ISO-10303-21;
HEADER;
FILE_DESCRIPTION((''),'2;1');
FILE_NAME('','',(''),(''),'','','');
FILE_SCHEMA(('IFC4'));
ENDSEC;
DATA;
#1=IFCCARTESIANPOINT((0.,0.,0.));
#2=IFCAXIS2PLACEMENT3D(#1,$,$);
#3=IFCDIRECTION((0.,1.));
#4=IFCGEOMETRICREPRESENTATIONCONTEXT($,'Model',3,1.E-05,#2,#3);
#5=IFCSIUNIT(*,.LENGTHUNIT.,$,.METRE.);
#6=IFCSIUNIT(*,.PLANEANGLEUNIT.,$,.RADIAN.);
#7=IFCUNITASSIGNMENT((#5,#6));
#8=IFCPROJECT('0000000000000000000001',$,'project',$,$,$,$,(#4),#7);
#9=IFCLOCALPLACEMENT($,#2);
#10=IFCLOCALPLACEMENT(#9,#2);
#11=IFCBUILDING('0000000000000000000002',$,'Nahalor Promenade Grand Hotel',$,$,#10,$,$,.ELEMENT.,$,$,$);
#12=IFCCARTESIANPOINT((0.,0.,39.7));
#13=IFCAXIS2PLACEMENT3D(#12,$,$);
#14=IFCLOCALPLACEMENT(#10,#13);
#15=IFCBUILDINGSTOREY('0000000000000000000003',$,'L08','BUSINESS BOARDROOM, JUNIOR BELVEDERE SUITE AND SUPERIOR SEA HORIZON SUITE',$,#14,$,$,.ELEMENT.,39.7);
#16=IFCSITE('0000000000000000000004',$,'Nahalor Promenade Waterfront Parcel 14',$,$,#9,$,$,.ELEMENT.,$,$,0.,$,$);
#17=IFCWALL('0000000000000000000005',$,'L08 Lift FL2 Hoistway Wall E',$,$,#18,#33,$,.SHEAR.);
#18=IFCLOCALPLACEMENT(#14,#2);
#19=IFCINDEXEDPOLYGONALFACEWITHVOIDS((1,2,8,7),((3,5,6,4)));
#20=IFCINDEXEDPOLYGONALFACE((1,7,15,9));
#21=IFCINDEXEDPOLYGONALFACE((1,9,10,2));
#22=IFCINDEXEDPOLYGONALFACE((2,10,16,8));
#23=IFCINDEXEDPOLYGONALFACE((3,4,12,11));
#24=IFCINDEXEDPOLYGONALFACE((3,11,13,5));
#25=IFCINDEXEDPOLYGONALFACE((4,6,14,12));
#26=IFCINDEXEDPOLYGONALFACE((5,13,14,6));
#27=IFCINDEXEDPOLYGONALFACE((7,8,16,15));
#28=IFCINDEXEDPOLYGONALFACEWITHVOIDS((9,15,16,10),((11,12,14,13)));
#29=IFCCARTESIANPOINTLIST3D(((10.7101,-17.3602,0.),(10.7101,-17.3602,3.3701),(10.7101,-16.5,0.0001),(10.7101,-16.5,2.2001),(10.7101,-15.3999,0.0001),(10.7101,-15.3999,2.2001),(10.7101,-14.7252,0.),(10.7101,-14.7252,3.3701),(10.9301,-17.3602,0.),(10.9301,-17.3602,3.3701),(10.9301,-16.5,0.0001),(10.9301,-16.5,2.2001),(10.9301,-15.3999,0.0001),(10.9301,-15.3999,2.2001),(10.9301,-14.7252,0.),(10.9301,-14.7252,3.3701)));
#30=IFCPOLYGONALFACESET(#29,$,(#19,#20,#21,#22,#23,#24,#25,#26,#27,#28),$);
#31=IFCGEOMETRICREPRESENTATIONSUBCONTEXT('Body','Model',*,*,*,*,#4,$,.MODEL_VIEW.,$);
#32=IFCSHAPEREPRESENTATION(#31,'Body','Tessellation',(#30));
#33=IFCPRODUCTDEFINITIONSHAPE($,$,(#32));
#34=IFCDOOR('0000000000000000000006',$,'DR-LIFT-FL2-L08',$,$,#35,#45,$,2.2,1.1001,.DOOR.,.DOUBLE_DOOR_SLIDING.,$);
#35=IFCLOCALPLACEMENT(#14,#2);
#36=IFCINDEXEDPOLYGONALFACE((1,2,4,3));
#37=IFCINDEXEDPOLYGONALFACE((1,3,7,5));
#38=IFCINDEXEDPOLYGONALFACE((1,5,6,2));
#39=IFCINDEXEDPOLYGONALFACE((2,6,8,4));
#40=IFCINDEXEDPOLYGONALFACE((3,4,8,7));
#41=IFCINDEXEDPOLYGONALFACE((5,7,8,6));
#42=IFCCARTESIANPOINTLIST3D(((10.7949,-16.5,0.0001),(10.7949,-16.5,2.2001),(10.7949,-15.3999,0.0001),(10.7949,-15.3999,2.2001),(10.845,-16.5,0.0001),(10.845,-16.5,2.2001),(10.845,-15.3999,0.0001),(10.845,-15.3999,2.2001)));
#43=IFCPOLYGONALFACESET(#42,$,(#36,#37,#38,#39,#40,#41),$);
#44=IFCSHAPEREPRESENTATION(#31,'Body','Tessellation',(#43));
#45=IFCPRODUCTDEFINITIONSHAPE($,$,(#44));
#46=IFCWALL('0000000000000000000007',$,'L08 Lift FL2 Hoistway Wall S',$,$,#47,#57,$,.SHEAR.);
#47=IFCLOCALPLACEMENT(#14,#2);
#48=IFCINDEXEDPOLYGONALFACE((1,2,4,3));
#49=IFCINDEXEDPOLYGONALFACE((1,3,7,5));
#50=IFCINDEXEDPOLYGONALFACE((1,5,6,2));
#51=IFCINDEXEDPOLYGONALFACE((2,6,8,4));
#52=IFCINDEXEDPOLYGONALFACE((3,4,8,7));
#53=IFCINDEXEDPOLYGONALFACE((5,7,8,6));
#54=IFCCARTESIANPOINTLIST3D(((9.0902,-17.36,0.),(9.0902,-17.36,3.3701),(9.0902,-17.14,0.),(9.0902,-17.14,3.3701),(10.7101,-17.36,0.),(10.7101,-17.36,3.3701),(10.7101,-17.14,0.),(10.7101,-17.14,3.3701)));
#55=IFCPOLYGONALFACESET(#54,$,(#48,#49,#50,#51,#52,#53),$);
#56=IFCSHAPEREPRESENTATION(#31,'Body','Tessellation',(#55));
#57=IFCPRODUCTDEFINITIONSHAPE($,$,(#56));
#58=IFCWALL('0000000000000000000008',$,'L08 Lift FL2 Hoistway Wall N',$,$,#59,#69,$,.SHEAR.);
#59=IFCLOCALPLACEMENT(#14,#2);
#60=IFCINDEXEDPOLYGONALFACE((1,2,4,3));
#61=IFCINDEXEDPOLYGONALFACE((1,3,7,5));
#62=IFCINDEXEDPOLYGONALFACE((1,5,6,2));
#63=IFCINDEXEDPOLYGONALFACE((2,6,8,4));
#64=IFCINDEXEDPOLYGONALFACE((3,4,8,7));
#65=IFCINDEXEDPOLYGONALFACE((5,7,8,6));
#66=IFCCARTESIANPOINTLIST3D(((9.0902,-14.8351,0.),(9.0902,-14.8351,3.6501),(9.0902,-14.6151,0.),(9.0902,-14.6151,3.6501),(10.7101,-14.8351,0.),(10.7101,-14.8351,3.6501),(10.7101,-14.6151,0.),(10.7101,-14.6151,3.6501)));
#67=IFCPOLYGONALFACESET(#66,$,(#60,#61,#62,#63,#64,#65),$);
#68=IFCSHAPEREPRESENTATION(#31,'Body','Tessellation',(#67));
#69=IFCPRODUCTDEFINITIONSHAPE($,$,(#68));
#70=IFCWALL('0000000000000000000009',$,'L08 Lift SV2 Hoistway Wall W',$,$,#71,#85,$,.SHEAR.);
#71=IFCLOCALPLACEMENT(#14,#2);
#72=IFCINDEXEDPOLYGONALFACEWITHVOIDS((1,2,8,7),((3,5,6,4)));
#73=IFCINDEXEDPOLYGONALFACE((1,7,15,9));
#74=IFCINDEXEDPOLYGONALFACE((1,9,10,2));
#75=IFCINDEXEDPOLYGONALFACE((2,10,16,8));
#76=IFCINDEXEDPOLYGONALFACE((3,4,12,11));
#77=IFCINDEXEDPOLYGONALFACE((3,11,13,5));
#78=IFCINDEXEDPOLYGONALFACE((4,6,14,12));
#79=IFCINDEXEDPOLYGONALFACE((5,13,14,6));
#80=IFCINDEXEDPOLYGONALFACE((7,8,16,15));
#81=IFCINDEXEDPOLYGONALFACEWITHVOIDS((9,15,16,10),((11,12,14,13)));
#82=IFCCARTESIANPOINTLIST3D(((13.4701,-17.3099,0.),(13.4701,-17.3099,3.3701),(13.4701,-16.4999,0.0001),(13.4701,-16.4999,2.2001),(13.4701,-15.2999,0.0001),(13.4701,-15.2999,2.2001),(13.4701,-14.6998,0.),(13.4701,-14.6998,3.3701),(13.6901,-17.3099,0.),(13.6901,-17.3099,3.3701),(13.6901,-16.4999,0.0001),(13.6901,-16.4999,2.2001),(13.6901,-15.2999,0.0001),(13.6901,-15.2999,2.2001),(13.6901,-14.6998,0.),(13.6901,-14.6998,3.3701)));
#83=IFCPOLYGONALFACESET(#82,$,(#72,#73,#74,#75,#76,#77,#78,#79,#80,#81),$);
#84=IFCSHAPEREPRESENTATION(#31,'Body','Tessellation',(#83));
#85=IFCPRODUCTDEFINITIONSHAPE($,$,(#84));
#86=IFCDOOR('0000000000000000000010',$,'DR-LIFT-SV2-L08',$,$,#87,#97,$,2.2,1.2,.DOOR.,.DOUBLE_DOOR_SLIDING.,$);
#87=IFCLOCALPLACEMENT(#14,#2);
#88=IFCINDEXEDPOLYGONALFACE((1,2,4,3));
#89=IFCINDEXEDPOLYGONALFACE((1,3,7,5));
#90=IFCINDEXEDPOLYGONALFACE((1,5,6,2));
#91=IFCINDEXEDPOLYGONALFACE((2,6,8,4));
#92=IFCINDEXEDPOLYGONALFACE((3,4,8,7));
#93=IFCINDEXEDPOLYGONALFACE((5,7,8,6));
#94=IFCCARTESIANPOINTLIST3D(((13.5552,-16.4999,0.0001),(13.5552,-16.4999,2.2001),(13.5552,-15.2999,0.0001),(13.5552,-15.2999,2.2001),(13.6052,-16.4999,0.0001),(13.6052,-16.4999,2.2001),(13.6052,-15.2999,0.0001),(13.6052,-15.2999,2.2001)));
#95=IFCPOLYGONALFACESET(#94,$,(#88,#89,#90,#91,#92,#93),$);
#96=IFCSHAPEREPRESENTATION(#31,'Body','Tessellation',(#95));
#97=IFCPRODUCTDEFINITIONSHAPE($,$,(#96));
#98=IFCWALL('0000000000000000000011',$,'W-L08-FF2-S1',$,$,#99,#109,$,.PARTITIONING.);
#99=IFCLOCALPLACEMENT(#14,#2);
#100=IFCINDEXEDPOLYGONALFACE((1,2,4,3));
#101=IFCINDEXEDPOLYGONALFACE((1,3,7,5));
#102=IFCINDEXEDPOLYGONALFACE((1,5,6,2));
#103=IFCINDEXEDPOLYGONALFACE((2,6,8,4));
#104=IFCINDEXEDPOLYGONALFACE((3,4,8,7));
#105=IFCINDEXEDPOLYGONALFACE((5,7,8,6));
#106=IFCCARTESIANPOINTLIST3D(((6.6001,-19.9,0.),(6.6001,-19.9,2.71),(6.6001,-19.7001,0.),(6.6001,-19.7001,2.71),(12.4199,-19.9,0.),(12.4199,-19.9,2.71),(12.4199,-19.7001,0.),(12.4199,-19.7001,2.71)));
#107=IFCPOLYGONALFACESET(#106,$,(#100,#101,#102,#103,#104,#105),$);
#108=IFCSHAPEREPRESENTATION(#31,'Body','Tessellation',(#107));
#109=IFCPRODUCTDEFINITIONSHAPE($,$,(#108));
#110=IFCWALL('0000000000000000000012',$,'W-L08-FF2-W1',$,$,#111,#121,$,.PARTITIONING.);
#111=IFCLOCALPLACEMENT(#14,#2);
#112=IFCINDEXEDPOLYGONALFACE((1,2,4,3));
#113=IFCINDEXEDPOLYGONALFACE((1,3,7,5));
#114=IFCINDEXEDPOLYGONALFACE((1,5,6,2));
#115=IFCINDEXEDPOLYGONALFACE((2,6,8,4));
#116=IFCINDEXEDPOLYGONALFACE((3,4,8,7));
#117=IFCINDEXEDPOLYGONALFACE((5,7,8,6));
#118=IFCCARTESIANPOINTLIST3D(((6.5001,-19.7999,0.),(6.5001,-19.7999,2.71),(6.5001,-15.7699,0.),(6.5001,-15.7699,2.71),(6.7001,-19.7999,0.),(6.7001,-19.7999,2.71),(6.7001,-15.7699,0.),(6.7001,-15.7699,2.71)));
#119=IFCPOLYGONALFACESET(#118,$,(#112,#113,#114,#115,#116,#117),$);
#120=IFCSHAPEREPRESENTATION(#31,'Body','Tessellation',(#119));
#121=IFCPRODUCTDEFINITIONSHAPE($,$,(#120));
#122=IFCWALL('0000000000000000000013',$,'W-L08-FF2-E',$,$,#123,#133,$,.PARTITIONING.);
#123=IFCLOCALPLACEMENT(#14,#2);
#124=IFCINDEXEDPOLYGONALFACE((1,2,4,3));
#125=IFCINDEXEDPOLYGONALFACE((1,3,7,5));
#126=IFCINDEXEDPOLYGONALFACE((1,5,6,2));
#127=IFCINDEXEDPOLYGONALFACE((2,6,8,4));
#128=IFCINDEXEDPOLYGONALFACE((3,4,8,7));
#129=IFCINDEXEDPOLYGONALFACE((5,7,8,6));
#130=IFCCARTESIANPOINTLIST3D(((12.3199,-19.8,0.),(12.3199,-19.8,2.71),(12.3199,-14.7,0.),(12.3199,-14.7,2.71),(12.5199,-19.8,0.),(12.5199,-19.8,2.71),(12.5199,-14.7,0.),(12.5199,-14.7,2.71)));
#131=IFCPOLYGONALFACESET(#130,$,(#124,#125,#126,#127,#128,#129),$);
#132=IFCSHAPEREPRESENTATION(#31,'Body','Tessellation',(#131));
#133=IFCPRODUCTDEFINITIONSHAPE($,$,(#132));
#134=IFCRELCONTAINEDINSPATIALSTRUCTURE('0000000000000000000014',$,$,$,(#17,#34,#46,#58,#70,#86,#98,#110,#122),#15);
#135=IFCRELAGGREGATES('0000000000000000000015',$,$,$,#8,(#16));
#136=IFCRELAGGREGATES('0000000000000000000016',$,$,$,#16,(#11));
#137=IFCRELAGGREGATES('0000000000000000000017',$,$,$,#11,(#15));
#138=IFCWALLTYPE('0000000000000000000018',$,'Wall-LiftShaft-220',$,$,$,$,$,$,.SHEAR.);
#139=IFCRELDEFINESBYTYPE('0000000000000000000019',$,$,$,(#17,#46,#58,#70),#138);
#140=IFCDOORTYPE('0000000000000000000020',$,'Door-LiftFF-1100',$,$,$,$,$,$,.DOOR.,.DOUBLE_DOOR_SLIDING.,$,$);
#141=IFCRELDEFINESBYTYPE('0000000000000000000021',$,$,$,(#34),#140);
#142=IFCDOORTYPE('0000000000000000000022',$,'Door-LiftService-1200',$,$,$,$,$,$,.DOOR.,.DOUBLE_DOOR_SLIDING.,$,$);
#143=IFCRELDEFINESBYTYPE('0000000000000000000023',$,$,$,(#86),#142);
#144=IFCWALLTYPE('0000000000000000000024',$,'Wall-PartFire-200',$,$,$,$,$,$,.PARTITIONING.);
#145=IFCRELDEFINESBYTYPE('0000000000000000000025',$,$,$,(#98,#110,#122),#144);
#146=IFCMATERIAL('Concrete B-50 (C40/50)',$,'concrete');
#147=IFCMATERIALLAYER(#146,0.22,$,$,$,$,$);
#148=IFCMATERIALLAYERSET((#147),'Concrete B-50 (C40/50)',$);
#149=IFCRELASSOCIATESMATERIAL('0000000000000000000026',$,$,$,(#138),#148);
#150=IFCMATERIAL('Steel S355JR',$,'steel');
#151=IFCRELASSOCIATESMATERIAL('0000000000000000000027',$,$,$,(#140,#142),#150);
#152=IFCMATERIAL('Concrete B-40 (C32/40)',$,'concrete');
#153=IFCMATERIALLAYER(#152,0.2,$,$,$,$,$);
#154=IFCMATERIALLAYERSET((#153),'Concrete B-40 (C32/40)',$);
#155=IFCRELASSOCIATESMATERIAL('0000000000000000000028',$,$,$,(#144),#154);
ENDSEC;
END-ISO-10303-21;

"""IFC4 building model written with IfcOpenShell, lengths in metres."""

from ifc_helpers import new_model, si_unit, direction, frame, frame_2d, origin, place, context, subcontext, project, spatial, rectangle, extrude, source, transform, mapped, material, layer, layer_set, type_object, element, fill, save


model = new_model("IFC4")

# Units and contexts
model_context = context("Model", 3, precision=1e-05, world=origin(), true_north=direction((0.0, 1.0)))
body_context = subcontext(model_context, "Body", "Model", "MODEL_VIEW")
ifc_project = project(units=[si_unit("LENGTHUNIT", "METRE"), si_unit("PLANEANGLEUNIT", "RADIAN")], contexts=[model_context])

# Site, building, storey
site_placement = place(None, origin())
site = spatial("IfcSite", under=ifc_project, at=site_placement, Name="Nahalor Promenade Waterfront Parcel 14", CompositionType="ELEMENT", RefElevation=0.0)
building_placement = place(site_placement, origin())
building = spatial("IfcBuilding", under=site, at=building_placement, Name="Nahalor Promenade Grand Hotel", CompositionType="ELEMENT")
storey_placement = place(building_placement, frame((0.0, 0.0, 39.7)))
storey = spatial("IfcBuildingStorey", under=building, at=storey_placement, Name="L08", Description="BUSINESS BOARDROOM, JUNIOR BELVEDERE SUITE AND SUPERIOR SEA HORIZON SUITE", CompositionType="ELEMENT", Elevation=39.7)

# Shared definitions
ifc_material_1 = material(Name="Steel S355JR", Category="steel")

# Shared definitions
ifc_material_2 = material(Name="Concrete B-50 (C40/50)", Category="concrete")

# Shared definitions
ifc_layer_1 = layer(ifc_material_2, 0.22)
ifc_layer_set_1 = layer_set([ifc_layer_1], Name="Concrete B-50 (C40/50)")
wall_type_1 = type_object("IfcWallType", Name="Wall-LiftShaft-220", PredefinedType="SHEAR", material=ifc_layer_set_1)
shared_shape_1 = source(origin(), body_context, "Body", "SweptSolid", [
    extrude(rectangle(XDim=2.635, YDim=0.22, at=frame_2d((1.3174, 0.0))), origin(), (0.0, 0.0, 1.0), 3.3701),
])

# Wall, opening, door
wall_1_placement = place(storey_placement, frame((10.8201, -17.3601, 0.0), z_axis=(0.0, 0.0, 1.0), x_axis=(0.0, 1.0, 0.0)))
wall_1 = element("IfcWall", 1, at=wall_1_placement, inside=storey, type_object=wall_type_1, Name="L08 Lift FL2 Hoistway Wall E", PredefinedType="SHEAR", context=body_context, shape_type="MappedRepresentation", body=[
    mapped(shared_shape_1, transform((0.0, 0.0, 0.0), scale=1.0)),
])
opening_1_placement = place(wall_1_placement, frame((0.8601, 0.0, 0.0)))
opening_1 = element("IfcOpeningElement", 2, at=opening_1_placement, cuts=wall_1, PredefinedType="OPENING", context=body_context, shape_type="SweptSolid", body=[
    extrude(rectangle(XDim=1.1001, YDim=2.2, at=frame_2d((0.55, 1.1001))), frame((0.0, 0.1199, 0.0), z_axis=(0.0, -1.0, 0.0), x_axis=(1.0, 0.0, 0.0)), (0.0, 0.0, 1.0), 0.24),
])
door_type_1 = type_object("IfcDoorType", Name="Door-LiftFF-1100", OperationType="DOUBLE_DOOR_SLIDING", PredefinedType="DOOR", material=ifc_material_1)
shared_shape_2 = source(origin(), body_context, "Body", "SweptSolid", [
    extrude(rectangle(XDim=1.1001, YDim=2.2, at=frame_2d((0.55, 1.1001))), frame((0.0, 0.0249, 0.0), z_axis=(0.0, -1.0, 0.0), x_axis=(1.0, 0.0, 0.0)), (0.0, 0.0, 1.0), 0.05),
])
door_1_placement = place(opening_1_placement, frame((1.1001, 0.0, 0.0), z_axis=(0.0, 0.0, 1.0), x_axis=(-1.0, 0.0, 0.0)))
door_1 = element("IfcDoor", 3, at=door_1_placement, inside=storey, type_object=door_type_1, Name="DR-LIFT-FL2-L08", OperationType="DOUBLE_DOOR_SLIDING", OverallHeight=2.2, OverallWidth=1.1001, PredefinedType="DOOR", context=body_context, shape_type="MappedRepresentation", body=[
    mapped(shared_shape_2, transform((0.0, 0.0, 0.0), scale=1.0)),
])
fill(opening_1, door_1)

# Walls
shared_shape_3 = source(origin(), body_context, "Body", "SweptSolid", [
    extrude(rectangle(XDim=1.6199, YDim=0.22, at=frame_2d((0.8101, 0.0))), origin(), (0.0, 0.0, 1.0), 3.3701),
])
wall_2_placement = place(storey_placement, frame((9.0901, -17.25, 0.0), z_axis=(0.0, 0.0, 1.0), x_axis=(1.0, 0.0, 0.0)))
element("IfcWall", 4, at=wall_2_placement, inside=storey, type_object=wall_type_1, Name="L08 Lift FL2 Hoistway Wall S", PredefinedType="SHEAR", context=body_context, shape_type="MappedRepresentation", body=[
    mapped(shared_shape_3, transform((0.0, 0.0, 0.0), scale=1.0)),
])
shared_shape_4 = source(origin(), body_context, "Body", "SweptSolid", [
    extrude(rectangle(XDim=1.6199, YDim=0.22, at=frame_2d((0.8101, 0.0))), origin(), (0.0, 0.0, 1.0), 3.6501),
])
wall_3_placement = place(storey_placement, frame((9.0901, -14.7251, 0.0), z_axis=(0.0, 0.0, 1.0), x_axis=(1.0, 0.0, 0.0)))
element("IfcWall", 5, at=wall_3_placement, inside=storey, type_object=wall_type_1, Name="L08 Lift FL2 Hoistway Wall N", PredefinedType="SHEAR", context=body_context, shape_type="MappedRepresentation", body=[
    mapped(shared_shape_4, transform((0.0, 0.0, 0.0), scale=1.0)),
])

# Wall, opening, door
shared_shape_5 = source(origin(), body_context, "Body", "SweptSolid", [
    extrude(rectangle(XDim=2.6101, YDim=0.22, at=frame_2d((1.3052, 0.0))), origin(), (0.0, 0.0, 1.0), 3.3701),
])
wall_4_placement = place(storey_placement, frame((13.5801, -17.3101, 0.0), z_axis=(0.0, 0.0, 1.0), x_axis=(0.0, 1.0, 0.0)))
wall_4 = element("IfcWall", 6, at=wall_4_placement, inside=storey, type_object=wall_type_1, Name="L08 Lift SV2 Hoistway Wall W", PredefinedType="SHEAR", context=body_context, shape_type="MappedRepresentation", body=[
    mapped(shared_shape_5, transform((0.0, 0.0, 0.0), scale=1.0)),
])
opening_2_placement = place(wall_4_placement, frame((0.8101, 0.0, 0.0)))
opening_2 = element("IfcOpeningElement", 7, at=opening_2_placement, cuts=wall_4, PredefinedType="OPENING", context=body_context, shape_type="SweptSolid", body=[
    extrude(rectangle(XDim=1.2, YDim=2.2, at=frame_2d((0.6001, 1.1001))), frame((0.0, 0.1199, 0.0), z_axis=(0.0, -1.0, 0.0), x_axis=(1.0, 0.0, 0.0)), (0.0, 0.0, 1.0), 0.24),
])
door_type_2 = type_object("IfcDoorType", Name="Door-LiftService-1200", OperationType="DOUBLE_DOOR_SLIDING", PredefinedType="DOOR", material=ifc_material_1)
shared_shape_6 = source(origin(), body_context, "Body", "SweptSolid", [
    extrude(rectangle(XDim=1.2, YDim=2.2, at=frame_2d((0.6001, 1.1001))), frame((0.0, 0.0249, 0.0), z_axis=(0.0, -1.0, 0.0), x_axis=(1.0, 0.0, 0.0)), (0.0, 0.0, 1.0), 0.05),
])
door_2_placement = place(opening_2_placement, origin())
door_2 = element("IfcDoor", 8, at=door_2_placement, inside=storey, type_object=door_type_2, Name="DR-LIFT-SV2-L08", OperationType="DOUBLE_DOOR_SLIDING", OverallHeight=2.2, OverallWidth=1.2, PredefinedType="DOOR", context=body_context, shape_type="MappedRepresentation", body=[
    mapped(shared_shape_6, transform((0.0, 0.0, 0.0), scale=1.0)),
])
fill(opening_2, door_2)

# Walls
ifc_material_3 = material(Name="Concrete B-40 (C32/40)", Category="concrete")
ifc_layer_2 = layer(ifc_material_3, 0.2)
ifc_layer_set_2 = layer_set([ifc_layer_2], Name="Concrete B-40 (C32/40)")
wall_type_2 = type_object("IfcWallType", Name="Wall-PartFire-200", PredefinedType="PARTITIONING", material=ifc_layer_set_2)
shared_shape_7 = source(origin(), body_context, "Body", "SweptSolid", [
    extrude(rectangle(XDim=5.8198, YDim=0.2, at=frame_2d((2.9099, 0.0))), origin(), (0.0, 0.0, 1.0), 2.71),
])
wall_5_placement = place(storey_placement, frame((6.6001, -19.8, 0.0), z_axis=(0.0, 0.0, 1.0), x_axis=(1.0, 0.0, 0.0)))
element("IfcWall", 9, at=wall_5_placement, inside=storey, type_object=wall_type_2, Name="W-L08-FF2-S1", PredefinedType="PARTITIONING", context=body_context, shape_type="MappedRepresentation", body=[
    mapped(shared_shape_7, transform((0.0, 0.0, 0.0), scale=1.0)),
])
shared_shape_8 = source(origin(), body_context, "Body", "SweptSolid", [
    extrude(rectangle(XDim=4.03, YDim=0.2, at=frame_2d((2.0151, 0.0))), origin(), (0.0, 0.0, 1.0), 2.71),
])
wall_6_placement = place(storey_placement, frame((6.6001, -19.8, 0.0), z_axis=(0.0, 0.0, 1.0), x_axis=(0.0, 1.0, 0.0)))
element("IfcWall", 10, at=wall_6_placement, inside=storey, type_object=wall_type_2, Name="W-L08-FF2-W1", PredefinedType="PARTITIONING", context=body_context, shape_type="MappedRepresentation", body=[
    mapped(shared_shape_8, transform((0.0, 0.0, 0.0), scale=1.0)),
])
shared_shape_9 = source(origin(), body_context, "Body", "SweptSolid", [
    extrude(rectangle(XDim=5.1001, YDim=0.2, at=frame_2d((2.55, 0.0))), origin(), (0.0, 0.0, 1.0), 2.71),
])
wall_7_placement = place(storey_placement, frame((12.4199, -19.8, 0.0), z_axis=(0.0, 0.0, 1.0), x_axis=(0.0, 1.0, 0.0)))
element("IfcWall", 11, at=wall_7_placement, inside=storey, type_object=wall_type_2, Name="W-L08-FF2-E", PredefinedType="PARTITIONING", context=body_context, shape_type="MappedRepresentation", body=[
    mapped(shared_shape_9, transform((0.0, 0.0, 0.0), scale=1.0)),
])

save(model, "model.ifc")
